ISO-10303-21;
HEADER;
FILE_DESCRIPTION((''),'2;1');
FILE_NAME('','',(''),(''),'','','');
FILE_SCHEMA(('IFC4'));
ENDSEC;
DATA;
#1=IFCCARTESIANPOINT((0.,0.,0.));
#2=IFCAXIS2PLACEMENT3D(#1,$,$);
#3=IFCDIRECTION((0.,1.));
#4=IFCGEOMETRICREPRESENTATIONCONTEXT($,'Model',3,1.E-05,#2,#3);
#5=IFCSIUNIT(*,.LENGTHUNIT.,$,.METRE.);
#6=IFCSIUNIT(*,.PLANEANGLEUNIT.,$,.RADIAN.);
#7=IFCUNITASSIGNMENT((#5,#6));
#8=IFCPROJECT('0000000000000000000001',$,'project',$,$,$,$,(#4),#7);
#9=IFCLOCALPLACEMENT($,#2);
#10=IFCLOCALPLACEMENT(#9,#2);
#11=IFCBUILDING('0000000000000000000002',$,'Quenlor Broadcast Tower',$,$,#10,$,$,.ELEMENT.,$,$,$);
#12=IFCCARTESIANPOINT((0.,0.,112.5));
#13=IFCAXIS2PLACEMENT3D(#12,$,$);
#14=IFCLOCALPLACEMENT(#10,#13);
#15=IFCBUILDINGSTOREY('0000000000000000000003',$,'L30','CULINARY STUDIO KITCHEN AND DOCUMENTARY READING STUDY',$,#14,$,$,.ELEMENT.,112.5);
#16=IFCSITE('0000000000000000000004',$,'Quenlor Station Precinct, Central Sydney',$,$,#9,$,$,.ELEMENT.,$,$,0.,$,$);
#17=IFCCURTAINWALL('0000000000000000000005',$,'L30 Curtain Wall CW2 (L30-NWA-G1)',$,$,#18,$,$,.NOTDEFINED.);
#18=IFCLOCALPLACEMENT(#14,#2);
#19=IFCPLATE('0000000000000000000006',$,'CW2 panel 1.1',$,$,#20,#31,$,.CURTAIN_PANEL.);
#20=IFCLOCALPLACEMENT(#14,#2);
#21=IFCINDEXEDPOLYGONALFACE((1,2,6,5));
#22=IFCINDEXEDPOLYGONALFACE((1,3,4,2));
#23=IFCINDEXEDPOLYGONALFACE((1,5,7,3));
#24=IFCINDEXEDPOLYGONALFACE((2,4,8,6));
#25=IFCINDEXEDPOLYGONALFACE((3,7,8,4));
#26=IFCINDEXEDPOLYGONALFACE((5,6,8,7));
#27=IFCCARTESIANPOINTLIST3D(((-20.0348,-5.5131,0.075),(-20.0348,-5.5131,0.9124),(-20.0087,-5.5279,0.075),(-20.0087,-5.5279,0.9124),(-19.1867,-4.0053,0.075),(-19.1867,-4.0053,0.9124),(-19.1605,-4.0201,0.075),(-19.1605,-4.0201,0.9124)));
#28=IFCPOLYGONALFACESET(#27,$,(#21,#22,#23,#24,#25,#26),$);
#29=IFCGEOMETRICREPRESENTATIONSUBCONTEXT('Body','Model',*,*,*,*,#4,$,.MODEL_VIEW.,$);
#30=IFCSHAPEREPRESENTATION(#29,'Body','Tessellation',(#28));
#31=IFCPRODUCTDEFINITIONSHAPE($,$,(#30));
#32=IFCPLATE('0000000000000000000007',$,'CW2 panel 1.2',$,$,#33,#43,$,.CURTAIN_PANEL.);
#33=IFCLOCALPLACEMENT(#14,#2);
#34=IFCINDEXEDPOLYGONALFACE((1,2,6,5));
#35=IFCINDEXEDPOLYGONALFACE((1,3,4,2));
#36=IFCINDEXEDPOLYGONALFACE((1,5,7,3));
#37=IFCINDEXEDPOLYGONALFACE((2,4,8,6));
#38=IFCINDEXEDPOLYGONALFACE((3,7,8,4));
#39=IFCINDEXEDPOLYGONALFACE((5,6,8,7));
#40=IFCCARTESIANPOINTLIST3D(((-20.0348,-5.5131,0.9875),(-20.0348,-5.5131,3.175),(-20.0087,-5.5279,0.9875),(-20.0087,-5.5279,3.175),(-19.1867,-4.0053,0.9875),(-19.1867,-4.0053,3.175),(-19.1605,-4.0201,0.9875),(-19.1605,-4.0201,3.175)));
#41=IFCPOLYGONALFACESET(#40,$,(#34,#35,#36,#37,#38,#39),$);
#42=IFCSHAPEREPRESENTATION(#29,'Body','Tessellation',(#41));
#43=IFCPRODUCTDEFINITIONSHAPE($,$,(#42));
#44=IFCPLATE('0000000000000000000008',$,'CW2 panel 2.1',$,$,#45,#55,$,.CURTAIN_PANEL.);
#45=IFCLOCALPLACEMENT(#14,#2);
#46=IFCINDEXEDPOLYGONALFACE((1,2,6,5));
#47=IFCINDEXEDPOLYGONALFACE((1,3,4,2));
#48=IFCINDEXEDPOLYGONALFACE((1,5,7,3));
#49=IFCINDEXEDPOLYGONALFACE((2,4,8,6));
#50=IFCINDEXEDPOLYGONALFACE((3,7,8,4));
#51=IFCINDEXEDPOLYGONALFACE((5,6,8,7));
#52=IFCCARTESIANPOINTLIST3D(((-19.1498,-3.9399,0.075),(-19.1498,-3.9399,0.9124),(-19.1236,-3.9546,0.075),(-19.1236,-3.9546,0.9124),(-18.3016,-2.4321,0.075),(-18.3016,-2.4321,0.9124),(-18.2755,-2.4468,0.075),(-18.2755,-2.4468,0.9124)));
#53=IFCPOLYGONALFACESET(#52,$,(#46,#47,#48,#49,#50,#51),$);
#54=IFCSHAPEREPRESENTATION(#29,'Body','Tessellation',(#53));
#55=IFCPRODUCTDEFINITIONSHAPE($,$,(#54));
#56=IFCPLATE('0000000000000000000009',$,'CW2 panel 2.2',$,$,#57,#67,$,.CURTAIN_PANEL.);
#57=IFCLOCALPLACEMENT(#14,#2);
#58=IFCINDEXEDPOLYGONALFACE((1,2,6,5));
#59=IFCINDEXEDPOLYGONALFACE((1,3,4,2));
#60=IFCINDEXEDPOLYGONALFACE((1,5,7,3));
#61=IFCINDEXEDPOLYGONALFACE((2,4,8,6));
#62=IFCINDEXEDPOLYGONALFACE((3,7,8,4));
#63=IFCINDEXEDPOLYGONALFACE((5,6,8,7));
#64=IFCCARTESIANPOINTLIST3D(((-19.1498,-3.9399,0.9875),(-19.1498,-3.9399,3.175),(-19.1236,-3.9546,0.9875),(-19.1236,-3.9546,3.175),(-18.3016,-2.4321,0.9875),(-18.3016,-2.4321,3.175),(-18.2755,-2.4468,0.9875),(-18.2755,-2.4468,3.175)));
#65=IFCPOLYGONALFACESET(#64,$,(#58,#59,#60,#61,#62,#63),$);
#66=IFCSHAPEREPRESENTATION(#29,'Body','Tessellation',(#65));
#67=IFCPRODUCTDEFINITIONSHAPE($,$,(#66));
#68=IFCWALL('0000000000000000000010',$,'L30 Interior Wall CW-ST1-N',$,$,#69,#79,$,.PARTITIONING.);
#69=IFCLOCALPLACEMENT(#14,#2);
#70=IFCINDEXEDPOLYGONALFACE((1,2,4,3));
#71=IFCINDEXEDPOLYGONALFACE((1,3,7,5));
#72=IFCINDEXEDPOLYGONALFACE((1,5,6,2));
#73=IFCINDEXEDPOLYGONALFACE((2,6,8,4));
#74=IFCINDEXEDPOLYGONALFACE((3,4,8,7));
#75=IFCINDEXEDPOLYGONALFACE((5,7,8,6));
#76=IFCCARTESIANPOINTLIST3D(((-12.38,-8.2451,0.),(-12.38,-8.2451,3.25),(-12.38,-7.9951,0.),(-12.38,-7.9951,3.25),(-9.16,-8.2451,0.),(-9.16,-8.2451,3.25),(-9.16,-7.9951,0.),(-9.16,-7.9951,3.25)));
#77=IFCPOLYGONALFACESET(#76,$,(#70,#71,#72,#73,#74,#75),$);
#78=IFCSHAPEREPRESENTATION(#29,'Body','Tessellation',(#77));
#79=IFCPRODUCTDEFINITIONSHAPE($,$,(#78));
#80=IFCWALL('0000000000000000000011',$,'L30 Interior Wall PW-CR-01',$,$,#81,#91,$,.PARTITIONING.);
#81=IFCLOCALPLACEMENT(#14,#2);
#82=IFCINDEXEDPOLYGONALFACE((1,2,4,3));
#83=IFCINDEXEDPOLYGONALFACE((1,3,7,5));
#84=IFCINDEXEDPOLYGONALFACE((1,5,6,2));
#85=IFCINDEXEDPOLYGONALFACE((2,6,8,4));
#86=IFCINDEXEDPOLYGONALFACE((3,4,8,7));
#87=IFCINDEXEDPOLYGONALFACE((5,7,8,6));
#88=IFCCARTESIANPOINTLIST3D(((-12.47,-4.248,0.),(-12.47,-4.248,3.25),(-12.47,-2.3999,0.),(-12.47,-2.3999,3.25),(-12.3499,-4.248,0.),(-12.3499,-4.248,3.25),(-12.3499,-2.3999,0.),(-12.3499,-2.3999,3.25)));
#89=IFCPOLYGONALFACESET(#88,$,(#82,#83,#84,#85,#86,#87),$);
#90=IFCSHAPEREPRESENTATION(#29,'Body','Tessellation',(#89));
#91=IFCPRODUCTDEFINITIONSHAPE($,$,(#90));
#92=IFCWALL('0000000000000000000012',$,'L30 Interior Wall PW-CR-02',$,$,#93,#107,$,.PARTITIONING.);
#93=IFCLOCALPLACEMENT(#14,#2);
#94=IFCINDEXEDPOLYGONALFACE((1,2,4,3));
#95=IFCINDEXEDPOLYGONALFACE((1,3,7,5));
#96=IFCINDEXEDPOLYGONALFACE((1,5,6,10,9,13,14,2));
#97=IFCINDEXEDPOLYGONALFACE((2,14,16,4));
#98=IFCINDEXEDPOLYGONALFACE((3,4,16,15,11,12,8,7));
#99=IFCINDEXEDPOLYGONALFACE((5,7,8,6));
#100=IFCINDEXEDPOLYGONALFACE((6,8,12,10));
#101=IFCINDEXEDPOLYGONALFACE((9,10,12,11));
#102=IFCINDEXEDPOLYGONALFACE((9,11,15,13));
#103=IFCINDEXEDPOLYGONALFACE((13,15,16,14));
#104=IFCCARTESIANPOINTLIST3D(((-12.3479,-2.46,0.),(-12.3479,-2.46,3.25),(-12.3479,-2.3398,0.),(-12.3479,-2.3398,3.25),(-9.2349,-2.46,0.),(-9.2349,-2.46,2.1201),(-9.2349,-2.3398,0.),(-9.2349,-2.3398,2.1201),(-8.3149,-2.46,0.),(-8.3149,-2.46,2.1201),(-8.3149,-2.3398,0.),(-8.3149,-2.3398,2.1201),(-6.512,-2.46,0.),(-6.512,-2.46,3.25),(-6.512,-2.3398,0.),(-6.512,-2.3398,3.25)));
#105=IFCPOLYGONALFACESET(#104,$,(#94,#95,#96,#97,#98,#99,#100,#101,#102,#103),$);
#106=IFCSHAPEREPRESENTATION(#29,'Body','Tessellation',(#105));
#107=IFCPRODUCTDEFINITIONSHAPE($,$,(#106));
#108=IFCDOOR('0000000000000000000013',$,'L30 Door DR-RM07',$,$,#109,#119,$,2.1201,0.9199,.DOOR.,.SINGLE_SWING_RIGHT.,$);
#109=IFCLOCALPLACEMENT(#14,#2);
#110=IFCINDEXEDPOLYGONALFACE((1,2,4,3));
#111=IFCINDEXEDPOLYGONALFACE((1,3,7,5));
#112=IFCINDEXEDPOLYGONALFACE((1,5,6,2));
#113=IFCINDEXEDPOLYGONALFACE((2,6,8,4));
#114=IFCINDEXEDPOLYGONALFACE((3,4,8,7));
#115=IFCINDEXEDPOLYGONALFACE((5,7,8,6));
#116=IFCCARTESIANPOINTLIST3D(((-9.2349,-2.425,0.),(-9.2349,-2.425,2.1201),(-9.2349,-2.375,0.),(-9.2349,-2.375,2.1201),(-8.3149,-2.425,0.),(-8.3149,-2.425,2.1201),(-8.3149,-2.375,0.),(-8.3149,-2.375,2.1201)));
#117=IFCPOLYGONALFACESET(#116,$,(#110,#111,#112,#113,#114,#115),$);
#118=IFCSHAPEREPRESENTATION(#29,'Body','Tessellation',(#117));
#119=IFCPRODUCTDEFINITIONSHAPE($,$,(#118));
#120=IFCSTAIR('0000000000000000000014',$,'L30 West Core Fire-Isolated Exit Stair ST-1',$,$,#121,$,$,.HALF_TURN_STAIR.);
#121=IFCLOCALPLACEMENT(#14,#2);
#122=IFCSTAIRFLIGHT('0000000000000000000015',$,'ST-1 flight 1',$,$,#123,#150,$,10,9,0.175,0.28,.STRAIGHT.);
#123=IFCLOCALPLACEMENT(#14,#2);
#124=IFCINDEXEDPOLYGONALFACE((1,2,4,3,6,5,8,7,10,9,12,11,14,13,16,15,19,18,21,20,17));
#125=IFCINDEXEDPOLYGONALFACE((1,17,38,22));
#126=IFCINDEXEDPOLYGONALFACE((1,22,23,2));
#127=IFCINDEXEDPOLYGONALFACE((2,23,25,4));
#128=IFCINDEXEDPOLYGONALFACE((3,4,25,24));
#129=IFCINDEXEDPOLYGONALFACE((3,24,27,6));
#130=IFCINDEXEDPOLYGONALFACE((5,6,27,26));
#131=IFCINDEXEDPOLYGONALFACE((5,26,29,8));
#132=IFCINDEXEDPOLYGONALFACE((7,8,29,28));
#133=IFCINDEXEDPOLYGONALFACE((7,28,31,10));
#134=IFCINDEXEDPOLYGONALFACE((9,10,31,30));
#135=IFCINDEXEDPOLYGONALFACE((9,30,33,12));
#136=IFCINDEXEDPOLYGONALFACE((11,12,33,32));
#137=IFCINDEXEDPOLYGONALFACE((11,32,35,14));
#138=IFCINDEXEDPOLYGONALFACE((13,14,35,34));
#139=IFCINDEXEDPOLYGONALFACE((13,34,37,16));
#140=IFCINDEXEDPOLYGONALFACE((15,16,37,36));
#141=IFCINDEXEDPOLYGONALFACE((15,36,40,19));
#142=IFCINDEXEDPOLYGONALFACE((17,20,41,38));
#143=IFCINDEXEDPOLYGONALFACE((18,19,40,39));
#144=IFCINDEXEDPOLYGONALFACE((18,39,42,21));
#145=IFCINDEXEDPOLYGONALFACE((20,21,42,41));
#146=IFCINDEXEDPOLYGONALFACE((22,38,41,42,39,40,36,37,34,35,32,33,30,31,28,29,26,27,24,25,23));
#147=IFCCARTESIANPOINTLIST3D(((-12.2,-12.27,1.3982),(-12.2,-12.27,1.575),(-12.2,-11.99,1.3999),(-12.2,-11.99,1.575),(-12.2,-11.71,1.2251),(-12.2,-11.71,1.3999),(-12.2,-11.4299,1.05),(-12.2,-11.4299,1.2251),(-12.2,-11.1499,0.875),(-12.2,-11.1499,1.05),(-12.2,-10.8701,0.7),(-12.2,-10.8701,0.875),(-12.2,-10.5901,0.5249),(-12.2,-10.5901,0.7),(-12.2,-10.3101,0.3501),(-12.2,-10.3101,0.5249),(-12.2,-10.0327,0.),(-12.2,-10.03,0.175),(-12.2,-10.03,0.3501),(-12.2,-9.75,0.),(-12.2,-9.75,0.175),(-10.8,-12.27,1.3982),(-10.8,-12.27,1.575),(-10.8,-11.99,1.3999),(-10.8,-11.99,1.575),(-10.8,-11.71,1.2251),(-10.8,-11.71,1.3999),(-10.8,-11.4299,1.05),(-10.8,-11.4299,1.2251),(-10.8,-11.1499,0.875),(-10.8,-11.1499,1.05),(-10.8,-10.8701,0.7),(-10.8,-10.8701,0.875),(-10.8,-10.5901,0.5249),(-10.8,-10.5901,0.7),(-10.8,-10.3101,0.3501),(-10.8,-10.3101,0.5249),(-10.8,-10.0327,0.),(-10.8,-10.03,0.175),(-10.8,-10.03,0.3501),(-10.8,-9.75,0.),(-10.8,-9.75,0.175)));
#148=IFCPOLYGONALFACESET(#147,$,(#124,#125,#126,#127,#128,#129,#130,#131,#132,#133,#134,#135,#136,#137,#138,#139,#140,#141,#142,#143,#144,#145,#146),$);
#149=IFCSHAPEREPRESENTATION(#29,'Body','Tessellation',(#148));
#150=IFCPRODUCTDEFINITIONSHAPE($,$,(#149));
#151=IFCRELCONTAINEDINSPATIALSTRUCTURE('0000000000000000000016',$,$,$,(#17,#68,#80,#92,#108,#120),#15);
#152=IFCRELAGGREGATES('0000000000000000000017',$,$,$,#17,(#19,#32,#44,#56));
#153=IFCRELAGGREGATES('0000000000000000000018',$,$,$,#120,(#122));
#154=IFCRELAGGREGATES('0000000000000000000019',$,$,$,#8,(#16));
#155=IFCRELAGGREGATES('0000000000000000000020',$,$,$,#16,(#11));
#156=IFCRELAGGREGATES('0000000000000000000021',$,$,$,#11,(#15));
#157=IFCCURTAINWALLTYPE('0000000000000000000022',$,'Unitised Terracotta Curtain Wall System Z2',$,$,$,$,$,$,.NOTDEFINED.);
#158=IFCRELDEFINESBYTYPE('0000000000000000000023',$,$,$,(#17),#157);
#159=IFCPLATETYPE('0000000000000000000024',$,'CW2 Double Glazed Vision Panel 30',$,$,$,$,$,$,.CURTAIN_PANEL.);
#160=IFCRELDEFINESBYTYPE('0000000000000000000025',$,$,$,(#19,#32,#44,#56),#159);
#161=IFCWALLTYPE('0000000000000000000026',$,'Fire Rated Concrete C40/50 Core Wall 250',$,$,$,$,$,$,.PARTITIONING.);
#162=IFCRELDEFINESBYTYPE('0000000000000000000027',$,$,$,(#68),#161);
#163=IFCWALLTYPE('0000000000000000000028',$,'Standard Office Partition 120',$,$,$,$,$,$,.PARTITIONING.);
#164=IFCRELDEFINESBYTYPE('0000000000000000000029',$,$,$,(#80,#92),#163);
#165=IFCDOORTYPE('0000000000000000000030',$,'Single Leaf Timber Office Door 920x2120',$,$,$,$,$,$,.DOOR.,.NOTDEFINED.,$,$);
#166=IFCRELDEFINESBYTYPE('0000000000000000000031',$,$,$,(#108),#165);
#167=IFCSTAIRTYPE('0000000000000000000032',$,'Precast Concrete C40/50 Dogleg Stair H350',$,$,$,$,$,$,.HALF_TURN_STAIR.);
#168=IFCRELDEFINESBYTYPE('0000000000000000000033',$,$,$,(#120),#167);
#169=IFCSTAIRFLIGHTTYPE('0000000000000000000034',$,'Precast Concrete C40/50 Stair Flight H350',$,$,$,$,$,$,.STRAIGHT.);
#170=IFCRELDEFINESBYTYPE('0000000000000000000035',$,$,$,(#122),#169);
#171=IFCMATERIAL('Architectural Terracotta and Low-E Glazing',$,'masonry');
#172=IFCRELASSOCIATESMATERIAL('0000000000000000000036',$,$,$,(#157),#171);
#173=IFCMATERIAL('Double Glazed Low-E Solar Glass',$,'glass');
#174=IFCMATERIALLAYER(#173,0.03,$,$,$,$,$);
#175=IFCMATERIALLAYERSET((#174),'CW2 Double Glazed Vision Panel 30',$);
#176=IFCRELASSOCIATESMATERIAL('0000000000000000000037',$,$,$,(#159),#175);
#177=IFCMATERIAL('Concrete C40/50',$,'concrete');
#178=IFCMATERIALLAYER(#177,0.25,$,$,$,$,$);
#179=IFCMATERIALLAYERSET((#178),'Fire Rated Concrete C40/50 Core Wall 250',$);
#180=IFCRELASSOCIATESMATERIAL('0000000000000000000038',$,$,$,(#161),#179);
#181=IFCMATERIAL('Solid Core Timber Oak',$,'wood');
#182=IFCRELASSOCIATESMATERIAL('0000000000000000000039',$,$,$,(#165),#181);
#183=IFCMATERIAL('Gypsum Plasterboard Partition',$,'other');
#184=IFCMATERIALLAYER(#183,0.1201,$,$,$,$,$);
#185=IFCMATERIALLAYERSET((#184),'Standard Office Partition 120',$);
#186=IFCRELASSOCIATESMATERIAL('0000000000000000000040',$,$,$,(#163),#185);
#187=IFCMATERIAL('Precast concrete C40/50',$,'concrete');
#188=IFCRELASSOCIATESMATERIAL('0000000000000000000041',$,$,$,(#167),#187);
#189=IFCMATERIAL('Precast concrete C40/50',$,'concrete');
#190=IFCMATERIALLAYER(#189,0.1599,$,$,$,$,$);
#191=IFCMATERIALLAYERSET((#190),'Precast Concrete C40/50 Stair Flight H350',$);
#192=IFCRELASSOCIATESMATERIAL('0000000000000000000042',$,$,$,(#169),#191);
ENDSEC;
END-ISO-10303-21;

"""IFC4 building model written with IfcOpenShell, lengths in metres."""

from ifc_helpers import new_model, si_unit, direction, frame, frame_2d, origin, origin_2d, place, context, subcontext, project, spatial, polyline, rectangle, outline, extrude, material, layer, layer_set, type_object, element, fill, aggregate, save


model = new_model("IFC4")

# Units and contexts
model_context = context("Model", 3, precision=1e-05, world=origin(), true_north=direction((0.0, 1.0)))
body_context = subcontext(model_context, "Body", "Model", "MODEL_VIEW")
ifc_project = project(units=[si_unit("LENGTHUNIT", "METRE"), si_unit("PLANEANGLEUNIT", "RADIAN")], contexts=[model_context])

# Site, building, storey
site_placement = place(None, origin())
site = spatial("IfcSite", under=ifc_project, at=site_placement, Name="Quenlor Station Precinct, Central Sydney", CompositionType="ELEMENT", RefElevation=0.0)
building_placement = place(site_placement, origin())
building = spatial("IfcBuilding", under=site, at=building_placement, Name="Quenlor Broadcast Tower", CompositionType="ELEMENT")
storey_placement = place(building_placement, frame((0.0, 0.0, 112.5)))
storey = spatial("IfcBuildingStorey", under=building, at=storey_placement, Name="L30", Description="CULINARY STUDIO KITCHEN AND DOCUMENTARY READING STUDY", CompositionType="ELEMENT", Elevation=112.5)

# Curtain wall
ifc_material_1 = material(Name="Architectural Terracotta and Low-E Glazing", Category="masonry")
curtain_wall_type = type_object("IfcCurtainWallType", Name="Unitised Terracotta Curtain Wall System Z2", PredefinedType="NOTDEFINED", material=ifc_material_1)
curtain_wall_placement = place(storey_placement, origin())
curtain_wall = element("IfcCurtainWall", 1, at=curtain_wall_placement, inside=storey, type_object=curtain_wall_type, Name="L30 Curtain Wall CW2 (L30-NWA-G1)", PredefinedType="NOTDEFINED")

# Plates
ifc_material_2 = material(Name="Double Glazed Low-E Solar Glass", Category="glass")
ifc_layer_1 = layer(ifc_material_2, 0.03)
ifc_layer_set_1 = layer_set([ifc_layer_1], Name="CW2 Double Glazed Vision Panel 30")
plate_type = type_object("IfcPlateType", Name="CW2 Double Glazed Vision Panel 30", PredefinedType="CURTAIN_PANEL", material=ifc_layer_set_1)
plate_1_placement = place(storey_placement, frame((-19.5977, -4.7666, 0.075), z_axis=(0.0, 0.0, 1.0), x_axis=(0.490277, 0.871567, 0.0)))
plate_1 = element("IfcPlate", 2, at=plate_1_placement, type_object=plate_type, Name="CW2 panel 1.1", PredefinedType="CURTAIN_PANEL", context=body_context, shape_type="SweptSolid", body=[
    extrude(rectangle(XDim=1.73, YDim=0.03, at=origin_2d()), origin(), (0.0, 0.0, 1.0), 0.8374),
])
plate_2_placement = place(storey_placement, frame((-19.5977, -4.7666, 0.9875), z_axis=(0.0, 0.0, 1.0), x_axis=(0.490277, 0.871567, 0.0)))
plate_2 = element("IfcPlate", 3, at=plate_2_placement, type_object=plate_type, Name="CW2 panel 1.2", PredefinedType="CURTAIN_PANEL", context=body_context, shape_type="SweptSolid", body=[
    extrude(rectangle(XDim=1.73, YDim=0.03, at=origin_2d()), origin(), (0.0, 0.0, 1.0), 2.1875),
])
plate_3_placement = place(storey_placement, frame((-18.7126, -3.1934, 0.075), z_axis=(0.0, 0.0, 1.0), x_axis=(0.490277, 0.871567, 0.0)))
plate_3 = element("IfcPlate", 4, at=plate_3_placement, type_object=plate_type, Name="CW2 panel 2.1", PredefinedType="CURTAIN_PANEL", context=body_context, shape_type="SweptSolid", body=[
    extrude(rectangle(XDim=1.73, YDim=0.03, at=origin_2d()), origin(), (0.0, 0.0, 1.0), 0.8374),
])
plate_4_placement = place(storey_placement, frame((-18.7126, -3.1934, 0.9875), z_axis=(0.0, 0.0, 1.0), x_axis=(0.490277, 0.871567, 0.0)))
plate_4 = element("IfcPlate", 5, at=plate_4_placement, type_object=plate_type, Name="CW2 panel 2.2", PredefinedType="CURTAIN_PANEL", context=body_context, shape_type="SweptSolid", body=[
    extrude(rectangle(XDim=1.73, YDim=0.03, at=origin_2d()), origin(), (0.0, 0.0, 1.0), 2.1875),
])
aggregate(curtain_wall, [plate_1, plate_2, plate_3, plate_4])

# Wall
ifc_material_3 = material(Name="Concrete C40/50", Category="concrete")
ifc_layer_2 = layer(ifc_material_3, 0.25)
ifc_layer_set_2 = layer_set([ifc_layer_2], Name="Fire Rated Concrete C40/50 Core Wall 250")
wall_type_1 = type_object("IfcWallType", Name="Fire Rated Concrete C40/50 Core Wall 250", PredefinedType="PARTITIONING", material=ifc_layer_set_2)
wall_1_placement = place(storey_placement, frame((-12.3799, -8.1201, 0.0), z_axis=(0.0, 0.0, 1.0), x_axis=(1.0, 0.0, 0.0)))
element("IfcWall", 6, at=wall_1_placement, inside=storey, type_object=wall_type_1, Name="L30 Interior Wall CW-ST1-N", PredefinedType="PARTITIONING", context=body_context, shape_type="SweptSolid", body=[
    extrude(rectangle(XDim=3.22, YDim=0.25, at=frame_2d((1.6099, 0.0))), origin(), (0.0, 0.0, 1.0), 3.25),
])

# Shared definitions
ifc_material_4 = material(Name="Solid Core Timber Oak", Category="wood")
door_type = type_object("IfcDoorType", Name="Single Leaf Timber Office Door 920x2120", OperationType="NOTDEFINED", PredefinedType="DOOR", material=ifc_material_4)

# Wall
ifc_material_5 = material(Name="Gypsum Plasterboard Partition", Category="other")
ifc_layer_3 = layer(ifc_material_5, 0.1201)
ifc_layer_set_3 = layer_set([ifc_layer_3], Name="Standard Office Partition 120")
wall_type_2 = type_object("IfcWallType", Name="Standard Office Partition 120", PredefinedType="PARTITIONING", material=ifc_layer_set_3)
wall_2_placement = place(storey_placement, frame((-12.4099, -4.248, 0.0), z_axis=(0.0, 0.0, 1.0), x_axis=(0.0, 1.0, 0.0)))
element("IfcWall", 7, at=wall_2_placement, inside=storey, type_object=wall_type_2, Name="L30 Interior Wall PW-CR-01", PredefinedType="PARTITIONING", context=body_context, shape_type="SweptSolid", body=[
    extrude(rectangle(XDim=1.8481, YDim=0.1201, at=frame_2d((0.9241, 0.0))), origin(), (0.0, 0.0, 1.0), 3.25),
])

# Wall, opening, door
wall_3_placement = place(storey_placement, frame((-12.3479, -2.3999, 0.0), z_axis=(0.0, 0.0, 1.0), x_axis=(1.0, 0.0, 0.0)))
wall_3 = element("IfcWall", 8, at=wall_3_placement, inside=storey, type_object=wall_type_2, Name="L30 Interior Wall PW-CR-02", PredefinedType="PARTITIONING", context=body_context, shape_type="SweptSolid", body=[
    extrude(rectangle(XDim=5.8359, YDim=0.1201, at=frame_2d((2.918, 0.0))), origin(), (0.0, 0.0, 1.0), 3.25),
])
opening_1_placement = place(wall_3_placement, frame((3.113, 0.0, 0.0)))
opening_1 = element("IfcOpeningElement", 9, at=opening_1_placement, cuts=wall_3, PredefinedType="OPENING", context=body_context, shape_type="SweptSolid", body=[
    extrude(rectangle(XDim=0.9199, YDim=2.1201, at=frame_2d((0.46, 1.0601))), frame((0.0, 0.0701, 0.0), z_axis=(0.0, -1.0, 0.0), x_axis=(1.0, 0.0, 0.0)), (0.0, 0.0, 1.0), 0.1401),
])
door_1_placement = place(opening_1_placement, origin())
door_1 = element("IfcDoor", 10, at=door_1_placement, inside=storey, type_object=door_type, Name="L30 Door DR-RM07", OperationType="SINGLE_SWING_RIGHT", OverallHeight=2.1201, OverallWidth=0.9199, PredefinedType="DOOR", context=body_context, shape_type="SweptSolid", body=[
    extrude(rectangle(XDim=0.9199, YDim=2.1201, at=frame_2d((0.46, 1.0601))), frame((0.0, 0.0249, 0.0), z_axis=(0.0, -1.0, 0.0), x_axis=(1.0, 0.0, 0.0)), (0.0, 0.0, 1.0), 0.05),
])
fill(opening_1, door_1)

# Stair, stair flight
ifc_material_6 = material(Name="Precast concrete C40/50", Category="concrete")
stair_type = type_object("IfcStairType", Name="Precast Concrete C40/50 Dogleg Stair H350", PredefinedType="HALF_TURN_STAIR", material=ifc_material_6)
stair_placement = place(storey_placement, origin())
stair = element("IfcStair", 11, at=stair_placement, inside=storey, type_object=stair_type, Name="L30 West Core Fire-Isolated Exit Stair ST-1", PredefinedType="HALF_TURN_STAIR")
ifc_material_7 = material(Name="Precast concrete C40/50", Category="concrete")
ifc_layer_4 = layer(ifc_material_7, 0.1599)
ifc_layer_set_4 = layer_set([ifc_layer_4], Name="Precast Concrete C40/50 Stair Flight H350")
stair_flight_type = type_object("IfcStairFlightType", Name="Precast Concrete C40/50 Stair Flight H350", PredefinedType="STRAIGHT", material=ifc_layer_set_4)
stair_flight_placement = place(storey_placement, frame((-11.5, -9.75, 0.0), z_axis=(0.0, 0.0, 1.0), x_axis=(0.0, -1.0, 0.0)))
stair_flight = element("IfcStairFlight", 12, at=stair_flight_placement, type_object=stair_flight_type, Name="ST-1 flight 1", NumberOfRisers=10, NumberOfTreads=9, PredefinedType="STRAIGHT", RiserHeight=0.175, TreadLength=0.28, context=body_context, shape_type="SweptSolid", body=[
    extrude(outline(polyline([(0.0, 0.0), (0.0, 0.175), (0.28, 0.175), (0.28, 0.3501), (0.5601, 0.3501), (0.5601, 0.5249), (0.8401, 0.5249), (0.8401, 0.7), (1.1201, 0.7), (1.1201, 0.875), (1.3999, 0.875), (1.3999, 1.05), (1.6799, 1.05), (1.6799, 1.2251), (1.96, 1.2251), (1.96, 1.3999), (2.24, 1.3999), (2.24, 1.575), (2.52, 1.575), (2.52, 1.75), (2.52, 1.3982), (0.2827, 0.0), (0.0, 0.0)])), frame((0.0, 0.7, 0.0), z_axis=(0.0, -1.0, 0.0), x_axis=(1.0, 0.0, 0.0)), (0.0, 0.0, 1.0), 1.3999),
])
aggregate(stair, [stair_flight])

save(model, "model.ifc")
